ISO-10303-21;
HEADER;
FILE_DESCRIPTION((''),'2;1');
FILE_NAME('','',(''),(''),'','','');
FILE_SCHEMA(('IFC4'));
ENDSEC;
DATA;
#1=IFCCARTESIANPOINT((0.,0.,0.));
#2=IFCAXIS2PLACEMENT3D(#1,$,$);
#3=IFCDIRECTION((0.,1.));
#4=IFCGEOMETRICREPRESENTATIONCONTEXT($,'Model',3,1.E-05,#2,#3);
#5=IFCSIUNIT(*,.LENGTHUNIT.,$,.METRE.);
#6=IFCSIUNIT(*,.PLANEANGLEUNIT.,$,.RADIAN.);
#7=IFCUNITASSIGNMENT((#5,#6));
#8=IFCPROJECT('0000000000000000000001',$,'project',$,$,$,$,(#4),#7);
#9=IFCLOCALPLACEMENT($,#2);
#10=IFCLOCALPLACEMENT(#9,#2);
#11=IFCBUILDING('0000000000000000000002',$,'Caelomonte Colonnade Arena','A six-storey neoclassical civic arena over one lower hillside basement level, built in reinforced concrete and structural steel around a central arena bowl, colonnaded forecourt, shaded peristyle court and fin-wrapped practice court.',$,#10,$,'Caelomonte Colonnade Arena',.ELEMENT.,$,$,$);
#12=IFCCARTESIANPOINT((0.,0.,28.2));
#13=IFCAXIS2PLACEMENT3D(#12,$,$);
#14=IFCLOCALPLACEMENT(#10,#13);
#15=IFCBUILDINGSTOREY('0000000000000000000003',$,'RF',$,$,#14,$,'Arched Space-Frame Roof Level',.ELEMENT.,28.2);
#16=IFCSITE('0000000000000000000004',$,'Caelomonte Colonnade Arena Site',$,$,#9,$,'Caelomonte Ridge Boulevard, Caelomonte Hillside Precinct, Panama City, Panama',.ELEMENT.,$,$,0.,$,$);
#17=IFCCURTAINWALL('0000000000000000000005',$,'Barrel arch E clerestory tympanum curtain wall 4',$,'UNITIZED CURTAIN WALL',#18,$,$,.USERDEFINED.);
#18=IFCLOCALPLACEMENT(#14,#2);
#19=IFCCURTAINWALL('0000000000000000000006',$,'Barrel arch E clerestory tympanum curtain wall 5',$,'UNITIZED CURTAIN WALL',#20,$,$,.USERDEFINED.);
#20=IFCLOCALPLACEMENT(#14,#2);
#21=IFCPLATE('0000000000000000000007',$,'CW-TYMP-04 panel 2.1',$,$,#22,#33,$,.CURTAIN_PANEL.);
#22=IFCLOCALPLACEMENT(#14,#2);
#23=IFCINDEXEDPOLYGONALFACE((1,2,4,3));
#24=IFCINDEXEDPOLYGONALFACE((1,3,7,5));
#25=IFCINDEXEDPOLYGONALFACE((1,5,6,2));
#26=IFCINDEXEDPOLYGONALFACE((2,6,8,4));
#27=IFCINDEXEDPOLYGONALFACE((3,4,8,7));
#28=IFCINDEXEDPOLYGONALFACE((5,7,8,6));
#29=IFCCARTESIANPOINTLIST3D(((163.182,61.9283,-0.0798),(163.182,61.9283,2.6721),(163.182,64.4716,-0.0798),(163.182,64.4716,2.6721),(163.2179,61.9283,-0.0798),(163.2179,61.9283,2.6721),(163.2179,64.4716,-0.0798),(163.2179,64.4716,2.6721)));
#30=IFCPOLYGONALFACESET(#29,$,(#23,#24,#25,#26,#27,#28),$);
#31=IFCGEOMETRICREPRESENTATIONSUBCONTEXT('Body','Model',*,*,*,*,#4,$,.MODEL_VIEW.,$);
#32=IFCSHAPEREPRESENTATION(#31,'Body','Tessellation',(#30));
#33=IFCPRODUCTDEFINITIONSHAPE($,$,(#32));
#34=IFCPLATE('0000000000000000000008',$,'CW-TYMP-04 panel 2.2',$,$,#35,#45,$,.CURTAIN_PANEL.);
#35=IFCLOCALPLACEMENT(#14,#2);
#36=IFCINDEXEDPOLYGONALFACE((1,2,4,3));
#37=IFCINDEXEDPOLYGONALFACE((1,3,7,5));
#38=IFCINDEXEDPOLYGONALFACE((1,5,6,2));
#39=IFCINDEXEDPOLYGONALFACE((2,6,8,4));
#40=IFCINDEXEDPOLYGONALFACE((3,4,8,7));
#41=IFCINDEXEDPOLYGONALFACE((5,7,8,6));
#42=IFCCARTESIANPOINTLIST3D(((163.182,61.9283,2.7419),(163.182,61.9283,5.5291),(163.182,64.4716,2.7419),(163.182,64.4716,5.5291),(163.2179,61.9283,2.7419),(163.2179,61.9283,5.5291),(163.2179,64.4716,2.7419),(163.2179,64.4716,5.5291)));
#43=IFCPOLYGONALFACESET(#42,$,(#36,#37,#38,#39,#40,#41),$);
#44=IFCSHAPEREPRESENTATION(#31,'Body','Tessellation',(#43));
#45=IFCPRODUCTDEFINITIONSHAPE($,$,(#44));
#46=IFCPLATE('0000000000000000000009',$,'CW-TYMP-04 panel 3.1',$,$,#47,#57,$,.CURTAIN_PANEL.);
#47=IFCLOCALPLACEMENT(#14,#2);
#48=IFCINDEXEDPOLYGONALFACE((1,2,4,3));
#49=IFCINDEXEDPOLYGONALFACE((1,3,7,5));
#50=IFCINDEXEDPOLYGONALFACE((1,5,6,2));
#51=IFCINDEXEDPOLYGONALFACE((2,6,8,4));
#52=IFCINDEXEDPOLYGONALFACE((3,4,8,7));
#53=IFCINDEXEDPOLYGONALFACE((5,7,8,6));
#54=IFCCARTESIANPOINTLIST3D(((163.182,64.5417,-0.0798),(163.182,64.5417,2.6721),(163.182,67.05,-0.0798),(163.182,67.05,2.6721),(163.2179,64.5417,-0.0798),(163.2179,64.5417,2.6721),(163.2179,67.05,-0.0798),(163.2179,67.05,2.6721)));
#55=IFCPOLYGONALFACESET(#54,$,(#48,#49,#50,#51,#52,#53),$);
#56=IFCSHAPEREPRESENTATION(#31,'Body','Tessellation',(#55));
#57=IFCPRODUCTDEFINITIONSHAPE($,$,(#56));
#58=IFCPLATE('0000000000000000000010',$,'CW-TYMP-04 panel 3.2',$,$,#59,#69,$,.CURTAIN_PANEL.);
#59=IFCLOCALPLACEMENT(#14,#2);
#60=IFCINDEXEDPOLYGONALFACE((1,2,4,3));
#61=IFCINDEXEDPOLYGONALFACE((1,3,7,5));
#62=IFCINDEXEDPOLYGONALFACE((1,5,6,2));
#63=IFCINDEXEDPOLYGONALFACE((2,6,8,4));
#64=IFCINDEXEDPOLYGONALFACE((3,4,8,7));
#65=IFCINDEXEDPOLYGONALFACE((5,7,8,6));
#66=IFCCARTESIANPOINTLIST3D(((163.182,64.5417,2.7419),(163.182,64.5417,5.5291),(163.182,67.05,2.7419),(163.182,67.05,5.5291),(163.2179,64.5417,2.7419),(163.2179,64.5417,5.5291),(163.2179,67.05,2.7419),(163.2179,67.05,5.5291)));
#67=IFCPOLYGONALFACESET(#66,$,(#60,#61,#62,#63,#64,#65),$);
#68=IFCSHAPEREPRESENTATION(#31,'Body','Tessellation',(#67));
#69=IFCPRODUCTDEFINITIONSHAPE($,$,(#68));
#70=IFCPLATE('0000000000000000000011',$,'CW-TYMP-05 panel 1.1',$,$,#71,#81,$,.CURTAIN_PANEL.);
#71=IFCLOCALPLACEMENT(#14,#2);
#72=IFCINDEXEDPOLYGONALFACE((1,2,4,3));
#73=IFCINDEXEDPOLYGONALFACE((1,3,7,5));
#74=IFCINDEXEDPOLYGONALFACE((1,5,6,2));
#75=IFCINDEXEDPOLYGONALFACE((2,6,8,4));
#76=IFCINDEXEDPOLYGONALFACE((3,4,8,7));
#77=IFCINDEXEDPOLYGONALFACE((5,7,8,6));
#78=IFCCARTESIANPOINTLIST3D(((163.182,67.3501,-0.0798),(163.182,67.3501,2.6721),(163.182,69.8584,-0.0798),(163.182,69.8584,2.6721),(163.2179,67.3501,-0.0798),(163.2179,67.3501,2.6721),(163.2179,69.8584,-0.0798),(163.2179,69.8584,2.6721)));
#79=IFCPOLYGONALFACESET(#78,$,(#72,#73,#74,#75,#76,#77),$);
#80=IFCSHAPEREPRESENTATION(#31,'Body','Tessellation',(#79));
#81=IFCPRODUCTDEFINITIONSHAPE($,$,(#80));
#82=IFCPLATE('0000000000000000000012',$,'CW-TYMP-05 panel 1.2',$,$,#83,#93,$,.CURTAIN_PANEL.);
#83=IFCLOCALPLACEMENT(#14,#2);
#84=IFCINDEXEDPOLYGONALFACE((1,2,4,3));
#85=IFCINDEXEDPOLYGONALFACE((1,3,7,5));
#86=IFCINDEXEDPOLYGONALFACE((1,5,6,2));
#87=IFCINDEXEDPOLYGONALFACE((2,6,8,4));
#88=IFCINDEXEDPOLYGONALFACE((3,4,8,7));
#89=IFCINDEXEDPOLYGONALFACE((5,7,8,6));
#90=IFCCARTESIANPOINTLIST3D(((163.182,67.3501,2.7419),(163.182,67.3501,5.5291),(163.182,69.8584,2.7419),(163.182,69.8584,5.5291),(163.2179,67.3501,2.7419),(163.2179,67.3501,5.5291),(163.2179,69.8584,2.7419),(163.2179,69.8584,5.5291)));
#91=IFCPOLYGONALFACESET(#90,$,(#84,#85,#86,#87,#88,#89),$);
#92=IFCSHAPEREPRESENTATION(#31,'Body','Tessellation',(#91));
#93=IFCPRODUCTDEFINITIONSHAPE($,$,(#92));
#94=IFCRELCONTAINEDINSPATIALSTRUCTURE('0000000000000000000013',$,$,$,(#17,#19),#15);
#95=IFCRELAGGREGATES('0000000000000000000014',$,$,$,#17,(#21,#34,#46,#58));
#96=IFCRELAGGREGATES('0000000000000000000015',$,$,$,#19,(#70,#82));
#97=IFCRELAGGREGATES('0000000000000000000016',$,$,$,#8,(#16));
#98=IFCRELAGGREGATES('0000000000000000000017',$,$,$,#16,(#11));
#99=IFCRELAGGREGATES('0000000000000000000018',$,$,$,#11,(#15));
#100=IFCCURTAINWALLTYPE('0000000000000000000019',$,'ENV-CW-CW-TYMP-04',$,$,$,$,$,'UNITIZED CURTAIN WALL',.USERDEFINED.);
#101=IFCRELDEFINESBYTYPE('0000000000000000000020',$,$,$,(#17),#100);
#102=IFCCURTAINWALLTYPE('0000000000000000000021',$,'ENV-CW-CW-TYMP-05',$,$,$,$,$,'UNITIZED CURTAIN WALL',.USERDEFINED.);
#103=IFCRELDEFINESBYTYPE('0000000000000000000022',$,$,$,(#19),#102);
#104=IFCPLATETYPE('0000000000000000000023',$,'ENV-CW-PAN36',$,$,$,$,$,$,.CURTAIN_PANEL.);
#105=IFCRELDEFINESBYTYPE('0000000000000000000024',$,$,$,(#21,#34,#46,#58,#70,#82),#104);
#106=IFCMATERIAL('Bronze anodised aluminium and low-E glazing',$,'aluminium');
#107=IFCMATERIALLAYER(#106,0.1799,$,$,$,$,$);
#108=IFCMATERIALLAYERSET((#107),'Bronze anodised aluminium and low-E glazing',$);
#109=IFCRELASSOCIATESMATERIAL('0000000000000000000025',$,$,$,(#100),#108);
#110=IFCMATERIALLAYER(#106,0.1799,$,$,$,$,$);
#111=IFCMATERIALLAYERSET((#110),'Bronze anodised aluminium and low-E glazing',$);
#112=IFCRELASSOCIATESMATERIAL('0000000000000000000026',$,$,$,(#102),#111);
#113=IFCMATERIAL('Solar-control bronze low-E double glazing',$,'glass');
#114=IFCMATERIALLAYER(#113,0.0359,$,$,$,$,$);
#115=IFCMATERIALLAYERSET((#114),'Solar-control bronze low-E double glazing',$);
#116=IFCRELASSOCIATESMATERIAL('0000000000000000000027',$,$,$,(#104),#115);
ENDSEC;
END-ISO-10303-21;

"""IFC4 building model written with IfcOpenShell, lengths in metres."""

from ifc_helpers import new_model, si_unit, direction, frame, origin, origin_2d, place, context, subcontext, project, spatial, rectangle, extrude, material, layer, layer_set, type_object, element, aggregate, save


model = new_model("IFC4")

# Units and contexts
model_context = context("Model", 3, precision=1e-05, world=origin(), true_north=direction((0.0, 1.0)))
body_context = subcontext(model_context, "Body", "Model", "MODEL_VIEW")
ifc_project = project(units=[si_unit("LENGTHUNIT", "METRE"), si_unit("PLANEANGLEUNIT", "RADIAN")], contexts=[model_context])

# Site, building, storey
site_placement = place(None, origin())
site = spatial("IfcSite", under=ifc_project, at=site_placement, Name="Caelomonte Colonnade Arena Site", LongName="Caelomonte Ridge Boulevard, Caelomonte Hillside Precinct, Panama City, Panama", CompositionType="ELEMENT", RefElevation=0.0)
building_placement = place(site_placement, origin())
building = spatial("IfcBuilding", under=site, at=building_placement, Name="Caelomonte Colonnade Arena", Description="A six-storey neoclassical civic arena over one lower hillside basement level, built in reinforced concrete and structural steel around a central arena bowl, colonnaded forecourt, shaded peristyle court and fin-wrapped practice court.", LongName="Caelomonte Colonnade Arena", CompositionType="ELEMENT")
storey_placement = place(building_placement, frame((0.0, 0.0, 28.2)))
storey = spatial("IfcBuildingStorey", under=building, at=storey_placement, Name="RF", LongName="Arched Space-Frame Roof Level", CompositionType="ELEMENT", Elevation=28.2)

# Shared definitions
ifc_material_1 = material(Name="Bronze anodised aluminium and low-E glazing", Category="aluminium")

# Curtain walls
ifc_layer_1 = layer(ifc_material_1, 0.1799)
ifc_layer_set_1 = layer_set([ifc_layer_1], Name="Bronze anodised aluminium and low-E glazing")
curtain_wall_type_1 = type_object("IfcCurtainWallType", Name="ENV-CW-CW-TYMP-04", ElementType="UNITIZED CURTAIN WALL", PredefinedType="USERDEFINED", material=ifc_layer_set_1)
curtain_wall_1_placement = place(storey_placement, origin())
curtain_wall_1 = element("IfcCurtainWall", 1, at=curtain_wall_1_placement, inside=storey, type_object=curtain_wall_type_1, Name="Barrel arch E clerestory tympanum curtain wall 4", ObjectType="UNITIZED CURTAIN WALL", PredefinedType="USERDEFINED")
ifc_layer_2 = layer(ifc_material_1, 0.1799)
ifc_layer_set_2 = layer_set([ifc_layer_2], Name="Bronze anodised aluminium and low-E glazing")
curtain_wall_type_2 = type_object("IfcCurtainWallType", Name="ENV-CW-CW-TYMP-05", ElementType="UNITIZED CURTAIN WALL", PredefinedType="USERDEFINED", material=ifc_layer_set_2)
curtain_wall_2_placement = place(storey_placement, origin())
curtain_wall_2 = element("IfcCurtainWall", 2, at=curtain_wall_2_placement, inside=storey, type_object=curtain_wall_type_2, Name="Barrel arch E clerestory tympanum curtain wall 5", ObjectType="UNITIZED CURTAIN WALL", PredefinedType="USERDEFINED")

# Plates
ifc_material_2 = material(Name="Solar-control bronze low-E double glazing", Category="glass")
ifc_layer_3 = layer(ifc_material_2, 0.0359)
ifc_layer_set_3 = layer_set([ifc_layer_3], Name="Solar-control bronze low-E double glazing")
plate_type = type_object("IfcPlateType", Name="ENV-CW-PAN36", PredefinedType="CURTAIN_PANEL", material=ifc_layer_set_3)
plate_1_placement = place(storey_placement, frame((163.2, 63.2, -0.0798), z_axis=(0.0, 0.0, 1.0), x_axis=(0.0, 1.0, 0.0)))
plate_1 = element("IfcPlate", 3, at=plate_1_placement, type_object=plate_type, Name="CW-TYMP-04 panel 2.1", PredefinedType="CURTAIN_PANEL", context=body_context, shape_type="SweptSolid", body=[
    extrude(rectangle(XDim=2.5432, YDim=0.0359, at=origin_2d()), origin(), (0.0, 0.0, 1.0), 2.752),
])
plate_2_placement = place(storey_placement, frame((163.2, 63.2, 2.7419), z_axis=(0.0, 0.0, 1.0), x_axis=(0.0, 1.0, 0.0)))
plate_2 = element("IfcPlate", 4, at=plate_2_placement, type_object=plate_type, Name="CW-TYMP-04 panel 2.2", PredefinedType="CURTAIN_PANEL", context=body_context, shape_type="SweptSolid", body=[
    extrude(rectangle(XDim=2.5432, YDim=0.0359, at=origin_2d()), origin(), (0.0, 0.0, 1.0), 2.7871),
])
plate_3_placement = place(storey_placement, frame((163.2, 65.7959, -0.0798), z_axis=(0.0, 0.0, 1.0), x_axis=(0.0, 1.0, 0.0)))
plate_3 = element("IfcPlate", 5, at=plate_3_placement, type_object=plate_type, Name="CW-TYMP-04 panel 3.1", PredefinedType="CURTAIN_PANEL", context=body_context, shape_type="SweptSolid", body=[
    extrude(rectangle(XDim=2.5083, YDim=0.0359, at=origin_2d()), origin(), (0.0, 0.0, 1.0), 2.752),
])
plate_4_placement = place(storey_placement, frame((163.2, 65.7959, 2.7419), z_axis=(0.0, 0.0, 1.0), x_axis=(0.0, 1.0, 0.0)))
plate_4 = element("IfcPlate", 6, at=plate_4_placement, type_object=plate_type, Name="CW-TYMP-04 panel 3.2", PredefinedType="CURTAIN_PANEL", context=body_context, shape_type="SweptSolid", body=[
    extrude(rectangle(XDim=2.5083, YDim=0.0359, at=origin_2d()), origin(), (0.0, 0.0, 1.0), 2.7871),
])
aggregate(curtain_wall_1, [plate_1, plate_2, plate_3, plate_4])
plate_5_placement = place(storey_placement, frame((163.2, 68.6042, -0.0798), z_axis=(0.0, 0.0, 1.0), x_axis=(0.0, 1.0, 0.0)))
plate_5 = element("IfcPlate", 7, at=plate_5_placement, type_object=plate_type, Name="CW-TYMP-05 panel 1.1", PredefinedType="CURTAIN_PANEL", context=body_context, shape_type="SweptSolid", body=[
    extrude(rectangle(XDim=2.5083, YDim=0.0359, at=origin_2d()), origin(), (0.0, 0.0, 1.0), 2.752),
])
plate_6_placement = place(storey_placement, frame((163.2, 68.6042, 2.7419), z_axis=(0.0, 0.0, 1.0), x_axis=(0.0, 1.0, 0.0)))
plate_6 = element("IfcPlate", 8, at=plate_6_placement, type_object=plate_type, Name="CW-TYMP-05 panel 1.2", PredefinedType="CURTAIN_PANEL", context=body_context, shape_type="SweptSolid", body=[
    extrude(rectangle(XDim=2.5083, YDim=0.0359, at=origin_2d()), origin(), (0.0, 0.0, 1.0), 2.7871),
])
aggregate(curtain_wall_2, [plate_5, plate_6])

save(model, "model.ifc")
